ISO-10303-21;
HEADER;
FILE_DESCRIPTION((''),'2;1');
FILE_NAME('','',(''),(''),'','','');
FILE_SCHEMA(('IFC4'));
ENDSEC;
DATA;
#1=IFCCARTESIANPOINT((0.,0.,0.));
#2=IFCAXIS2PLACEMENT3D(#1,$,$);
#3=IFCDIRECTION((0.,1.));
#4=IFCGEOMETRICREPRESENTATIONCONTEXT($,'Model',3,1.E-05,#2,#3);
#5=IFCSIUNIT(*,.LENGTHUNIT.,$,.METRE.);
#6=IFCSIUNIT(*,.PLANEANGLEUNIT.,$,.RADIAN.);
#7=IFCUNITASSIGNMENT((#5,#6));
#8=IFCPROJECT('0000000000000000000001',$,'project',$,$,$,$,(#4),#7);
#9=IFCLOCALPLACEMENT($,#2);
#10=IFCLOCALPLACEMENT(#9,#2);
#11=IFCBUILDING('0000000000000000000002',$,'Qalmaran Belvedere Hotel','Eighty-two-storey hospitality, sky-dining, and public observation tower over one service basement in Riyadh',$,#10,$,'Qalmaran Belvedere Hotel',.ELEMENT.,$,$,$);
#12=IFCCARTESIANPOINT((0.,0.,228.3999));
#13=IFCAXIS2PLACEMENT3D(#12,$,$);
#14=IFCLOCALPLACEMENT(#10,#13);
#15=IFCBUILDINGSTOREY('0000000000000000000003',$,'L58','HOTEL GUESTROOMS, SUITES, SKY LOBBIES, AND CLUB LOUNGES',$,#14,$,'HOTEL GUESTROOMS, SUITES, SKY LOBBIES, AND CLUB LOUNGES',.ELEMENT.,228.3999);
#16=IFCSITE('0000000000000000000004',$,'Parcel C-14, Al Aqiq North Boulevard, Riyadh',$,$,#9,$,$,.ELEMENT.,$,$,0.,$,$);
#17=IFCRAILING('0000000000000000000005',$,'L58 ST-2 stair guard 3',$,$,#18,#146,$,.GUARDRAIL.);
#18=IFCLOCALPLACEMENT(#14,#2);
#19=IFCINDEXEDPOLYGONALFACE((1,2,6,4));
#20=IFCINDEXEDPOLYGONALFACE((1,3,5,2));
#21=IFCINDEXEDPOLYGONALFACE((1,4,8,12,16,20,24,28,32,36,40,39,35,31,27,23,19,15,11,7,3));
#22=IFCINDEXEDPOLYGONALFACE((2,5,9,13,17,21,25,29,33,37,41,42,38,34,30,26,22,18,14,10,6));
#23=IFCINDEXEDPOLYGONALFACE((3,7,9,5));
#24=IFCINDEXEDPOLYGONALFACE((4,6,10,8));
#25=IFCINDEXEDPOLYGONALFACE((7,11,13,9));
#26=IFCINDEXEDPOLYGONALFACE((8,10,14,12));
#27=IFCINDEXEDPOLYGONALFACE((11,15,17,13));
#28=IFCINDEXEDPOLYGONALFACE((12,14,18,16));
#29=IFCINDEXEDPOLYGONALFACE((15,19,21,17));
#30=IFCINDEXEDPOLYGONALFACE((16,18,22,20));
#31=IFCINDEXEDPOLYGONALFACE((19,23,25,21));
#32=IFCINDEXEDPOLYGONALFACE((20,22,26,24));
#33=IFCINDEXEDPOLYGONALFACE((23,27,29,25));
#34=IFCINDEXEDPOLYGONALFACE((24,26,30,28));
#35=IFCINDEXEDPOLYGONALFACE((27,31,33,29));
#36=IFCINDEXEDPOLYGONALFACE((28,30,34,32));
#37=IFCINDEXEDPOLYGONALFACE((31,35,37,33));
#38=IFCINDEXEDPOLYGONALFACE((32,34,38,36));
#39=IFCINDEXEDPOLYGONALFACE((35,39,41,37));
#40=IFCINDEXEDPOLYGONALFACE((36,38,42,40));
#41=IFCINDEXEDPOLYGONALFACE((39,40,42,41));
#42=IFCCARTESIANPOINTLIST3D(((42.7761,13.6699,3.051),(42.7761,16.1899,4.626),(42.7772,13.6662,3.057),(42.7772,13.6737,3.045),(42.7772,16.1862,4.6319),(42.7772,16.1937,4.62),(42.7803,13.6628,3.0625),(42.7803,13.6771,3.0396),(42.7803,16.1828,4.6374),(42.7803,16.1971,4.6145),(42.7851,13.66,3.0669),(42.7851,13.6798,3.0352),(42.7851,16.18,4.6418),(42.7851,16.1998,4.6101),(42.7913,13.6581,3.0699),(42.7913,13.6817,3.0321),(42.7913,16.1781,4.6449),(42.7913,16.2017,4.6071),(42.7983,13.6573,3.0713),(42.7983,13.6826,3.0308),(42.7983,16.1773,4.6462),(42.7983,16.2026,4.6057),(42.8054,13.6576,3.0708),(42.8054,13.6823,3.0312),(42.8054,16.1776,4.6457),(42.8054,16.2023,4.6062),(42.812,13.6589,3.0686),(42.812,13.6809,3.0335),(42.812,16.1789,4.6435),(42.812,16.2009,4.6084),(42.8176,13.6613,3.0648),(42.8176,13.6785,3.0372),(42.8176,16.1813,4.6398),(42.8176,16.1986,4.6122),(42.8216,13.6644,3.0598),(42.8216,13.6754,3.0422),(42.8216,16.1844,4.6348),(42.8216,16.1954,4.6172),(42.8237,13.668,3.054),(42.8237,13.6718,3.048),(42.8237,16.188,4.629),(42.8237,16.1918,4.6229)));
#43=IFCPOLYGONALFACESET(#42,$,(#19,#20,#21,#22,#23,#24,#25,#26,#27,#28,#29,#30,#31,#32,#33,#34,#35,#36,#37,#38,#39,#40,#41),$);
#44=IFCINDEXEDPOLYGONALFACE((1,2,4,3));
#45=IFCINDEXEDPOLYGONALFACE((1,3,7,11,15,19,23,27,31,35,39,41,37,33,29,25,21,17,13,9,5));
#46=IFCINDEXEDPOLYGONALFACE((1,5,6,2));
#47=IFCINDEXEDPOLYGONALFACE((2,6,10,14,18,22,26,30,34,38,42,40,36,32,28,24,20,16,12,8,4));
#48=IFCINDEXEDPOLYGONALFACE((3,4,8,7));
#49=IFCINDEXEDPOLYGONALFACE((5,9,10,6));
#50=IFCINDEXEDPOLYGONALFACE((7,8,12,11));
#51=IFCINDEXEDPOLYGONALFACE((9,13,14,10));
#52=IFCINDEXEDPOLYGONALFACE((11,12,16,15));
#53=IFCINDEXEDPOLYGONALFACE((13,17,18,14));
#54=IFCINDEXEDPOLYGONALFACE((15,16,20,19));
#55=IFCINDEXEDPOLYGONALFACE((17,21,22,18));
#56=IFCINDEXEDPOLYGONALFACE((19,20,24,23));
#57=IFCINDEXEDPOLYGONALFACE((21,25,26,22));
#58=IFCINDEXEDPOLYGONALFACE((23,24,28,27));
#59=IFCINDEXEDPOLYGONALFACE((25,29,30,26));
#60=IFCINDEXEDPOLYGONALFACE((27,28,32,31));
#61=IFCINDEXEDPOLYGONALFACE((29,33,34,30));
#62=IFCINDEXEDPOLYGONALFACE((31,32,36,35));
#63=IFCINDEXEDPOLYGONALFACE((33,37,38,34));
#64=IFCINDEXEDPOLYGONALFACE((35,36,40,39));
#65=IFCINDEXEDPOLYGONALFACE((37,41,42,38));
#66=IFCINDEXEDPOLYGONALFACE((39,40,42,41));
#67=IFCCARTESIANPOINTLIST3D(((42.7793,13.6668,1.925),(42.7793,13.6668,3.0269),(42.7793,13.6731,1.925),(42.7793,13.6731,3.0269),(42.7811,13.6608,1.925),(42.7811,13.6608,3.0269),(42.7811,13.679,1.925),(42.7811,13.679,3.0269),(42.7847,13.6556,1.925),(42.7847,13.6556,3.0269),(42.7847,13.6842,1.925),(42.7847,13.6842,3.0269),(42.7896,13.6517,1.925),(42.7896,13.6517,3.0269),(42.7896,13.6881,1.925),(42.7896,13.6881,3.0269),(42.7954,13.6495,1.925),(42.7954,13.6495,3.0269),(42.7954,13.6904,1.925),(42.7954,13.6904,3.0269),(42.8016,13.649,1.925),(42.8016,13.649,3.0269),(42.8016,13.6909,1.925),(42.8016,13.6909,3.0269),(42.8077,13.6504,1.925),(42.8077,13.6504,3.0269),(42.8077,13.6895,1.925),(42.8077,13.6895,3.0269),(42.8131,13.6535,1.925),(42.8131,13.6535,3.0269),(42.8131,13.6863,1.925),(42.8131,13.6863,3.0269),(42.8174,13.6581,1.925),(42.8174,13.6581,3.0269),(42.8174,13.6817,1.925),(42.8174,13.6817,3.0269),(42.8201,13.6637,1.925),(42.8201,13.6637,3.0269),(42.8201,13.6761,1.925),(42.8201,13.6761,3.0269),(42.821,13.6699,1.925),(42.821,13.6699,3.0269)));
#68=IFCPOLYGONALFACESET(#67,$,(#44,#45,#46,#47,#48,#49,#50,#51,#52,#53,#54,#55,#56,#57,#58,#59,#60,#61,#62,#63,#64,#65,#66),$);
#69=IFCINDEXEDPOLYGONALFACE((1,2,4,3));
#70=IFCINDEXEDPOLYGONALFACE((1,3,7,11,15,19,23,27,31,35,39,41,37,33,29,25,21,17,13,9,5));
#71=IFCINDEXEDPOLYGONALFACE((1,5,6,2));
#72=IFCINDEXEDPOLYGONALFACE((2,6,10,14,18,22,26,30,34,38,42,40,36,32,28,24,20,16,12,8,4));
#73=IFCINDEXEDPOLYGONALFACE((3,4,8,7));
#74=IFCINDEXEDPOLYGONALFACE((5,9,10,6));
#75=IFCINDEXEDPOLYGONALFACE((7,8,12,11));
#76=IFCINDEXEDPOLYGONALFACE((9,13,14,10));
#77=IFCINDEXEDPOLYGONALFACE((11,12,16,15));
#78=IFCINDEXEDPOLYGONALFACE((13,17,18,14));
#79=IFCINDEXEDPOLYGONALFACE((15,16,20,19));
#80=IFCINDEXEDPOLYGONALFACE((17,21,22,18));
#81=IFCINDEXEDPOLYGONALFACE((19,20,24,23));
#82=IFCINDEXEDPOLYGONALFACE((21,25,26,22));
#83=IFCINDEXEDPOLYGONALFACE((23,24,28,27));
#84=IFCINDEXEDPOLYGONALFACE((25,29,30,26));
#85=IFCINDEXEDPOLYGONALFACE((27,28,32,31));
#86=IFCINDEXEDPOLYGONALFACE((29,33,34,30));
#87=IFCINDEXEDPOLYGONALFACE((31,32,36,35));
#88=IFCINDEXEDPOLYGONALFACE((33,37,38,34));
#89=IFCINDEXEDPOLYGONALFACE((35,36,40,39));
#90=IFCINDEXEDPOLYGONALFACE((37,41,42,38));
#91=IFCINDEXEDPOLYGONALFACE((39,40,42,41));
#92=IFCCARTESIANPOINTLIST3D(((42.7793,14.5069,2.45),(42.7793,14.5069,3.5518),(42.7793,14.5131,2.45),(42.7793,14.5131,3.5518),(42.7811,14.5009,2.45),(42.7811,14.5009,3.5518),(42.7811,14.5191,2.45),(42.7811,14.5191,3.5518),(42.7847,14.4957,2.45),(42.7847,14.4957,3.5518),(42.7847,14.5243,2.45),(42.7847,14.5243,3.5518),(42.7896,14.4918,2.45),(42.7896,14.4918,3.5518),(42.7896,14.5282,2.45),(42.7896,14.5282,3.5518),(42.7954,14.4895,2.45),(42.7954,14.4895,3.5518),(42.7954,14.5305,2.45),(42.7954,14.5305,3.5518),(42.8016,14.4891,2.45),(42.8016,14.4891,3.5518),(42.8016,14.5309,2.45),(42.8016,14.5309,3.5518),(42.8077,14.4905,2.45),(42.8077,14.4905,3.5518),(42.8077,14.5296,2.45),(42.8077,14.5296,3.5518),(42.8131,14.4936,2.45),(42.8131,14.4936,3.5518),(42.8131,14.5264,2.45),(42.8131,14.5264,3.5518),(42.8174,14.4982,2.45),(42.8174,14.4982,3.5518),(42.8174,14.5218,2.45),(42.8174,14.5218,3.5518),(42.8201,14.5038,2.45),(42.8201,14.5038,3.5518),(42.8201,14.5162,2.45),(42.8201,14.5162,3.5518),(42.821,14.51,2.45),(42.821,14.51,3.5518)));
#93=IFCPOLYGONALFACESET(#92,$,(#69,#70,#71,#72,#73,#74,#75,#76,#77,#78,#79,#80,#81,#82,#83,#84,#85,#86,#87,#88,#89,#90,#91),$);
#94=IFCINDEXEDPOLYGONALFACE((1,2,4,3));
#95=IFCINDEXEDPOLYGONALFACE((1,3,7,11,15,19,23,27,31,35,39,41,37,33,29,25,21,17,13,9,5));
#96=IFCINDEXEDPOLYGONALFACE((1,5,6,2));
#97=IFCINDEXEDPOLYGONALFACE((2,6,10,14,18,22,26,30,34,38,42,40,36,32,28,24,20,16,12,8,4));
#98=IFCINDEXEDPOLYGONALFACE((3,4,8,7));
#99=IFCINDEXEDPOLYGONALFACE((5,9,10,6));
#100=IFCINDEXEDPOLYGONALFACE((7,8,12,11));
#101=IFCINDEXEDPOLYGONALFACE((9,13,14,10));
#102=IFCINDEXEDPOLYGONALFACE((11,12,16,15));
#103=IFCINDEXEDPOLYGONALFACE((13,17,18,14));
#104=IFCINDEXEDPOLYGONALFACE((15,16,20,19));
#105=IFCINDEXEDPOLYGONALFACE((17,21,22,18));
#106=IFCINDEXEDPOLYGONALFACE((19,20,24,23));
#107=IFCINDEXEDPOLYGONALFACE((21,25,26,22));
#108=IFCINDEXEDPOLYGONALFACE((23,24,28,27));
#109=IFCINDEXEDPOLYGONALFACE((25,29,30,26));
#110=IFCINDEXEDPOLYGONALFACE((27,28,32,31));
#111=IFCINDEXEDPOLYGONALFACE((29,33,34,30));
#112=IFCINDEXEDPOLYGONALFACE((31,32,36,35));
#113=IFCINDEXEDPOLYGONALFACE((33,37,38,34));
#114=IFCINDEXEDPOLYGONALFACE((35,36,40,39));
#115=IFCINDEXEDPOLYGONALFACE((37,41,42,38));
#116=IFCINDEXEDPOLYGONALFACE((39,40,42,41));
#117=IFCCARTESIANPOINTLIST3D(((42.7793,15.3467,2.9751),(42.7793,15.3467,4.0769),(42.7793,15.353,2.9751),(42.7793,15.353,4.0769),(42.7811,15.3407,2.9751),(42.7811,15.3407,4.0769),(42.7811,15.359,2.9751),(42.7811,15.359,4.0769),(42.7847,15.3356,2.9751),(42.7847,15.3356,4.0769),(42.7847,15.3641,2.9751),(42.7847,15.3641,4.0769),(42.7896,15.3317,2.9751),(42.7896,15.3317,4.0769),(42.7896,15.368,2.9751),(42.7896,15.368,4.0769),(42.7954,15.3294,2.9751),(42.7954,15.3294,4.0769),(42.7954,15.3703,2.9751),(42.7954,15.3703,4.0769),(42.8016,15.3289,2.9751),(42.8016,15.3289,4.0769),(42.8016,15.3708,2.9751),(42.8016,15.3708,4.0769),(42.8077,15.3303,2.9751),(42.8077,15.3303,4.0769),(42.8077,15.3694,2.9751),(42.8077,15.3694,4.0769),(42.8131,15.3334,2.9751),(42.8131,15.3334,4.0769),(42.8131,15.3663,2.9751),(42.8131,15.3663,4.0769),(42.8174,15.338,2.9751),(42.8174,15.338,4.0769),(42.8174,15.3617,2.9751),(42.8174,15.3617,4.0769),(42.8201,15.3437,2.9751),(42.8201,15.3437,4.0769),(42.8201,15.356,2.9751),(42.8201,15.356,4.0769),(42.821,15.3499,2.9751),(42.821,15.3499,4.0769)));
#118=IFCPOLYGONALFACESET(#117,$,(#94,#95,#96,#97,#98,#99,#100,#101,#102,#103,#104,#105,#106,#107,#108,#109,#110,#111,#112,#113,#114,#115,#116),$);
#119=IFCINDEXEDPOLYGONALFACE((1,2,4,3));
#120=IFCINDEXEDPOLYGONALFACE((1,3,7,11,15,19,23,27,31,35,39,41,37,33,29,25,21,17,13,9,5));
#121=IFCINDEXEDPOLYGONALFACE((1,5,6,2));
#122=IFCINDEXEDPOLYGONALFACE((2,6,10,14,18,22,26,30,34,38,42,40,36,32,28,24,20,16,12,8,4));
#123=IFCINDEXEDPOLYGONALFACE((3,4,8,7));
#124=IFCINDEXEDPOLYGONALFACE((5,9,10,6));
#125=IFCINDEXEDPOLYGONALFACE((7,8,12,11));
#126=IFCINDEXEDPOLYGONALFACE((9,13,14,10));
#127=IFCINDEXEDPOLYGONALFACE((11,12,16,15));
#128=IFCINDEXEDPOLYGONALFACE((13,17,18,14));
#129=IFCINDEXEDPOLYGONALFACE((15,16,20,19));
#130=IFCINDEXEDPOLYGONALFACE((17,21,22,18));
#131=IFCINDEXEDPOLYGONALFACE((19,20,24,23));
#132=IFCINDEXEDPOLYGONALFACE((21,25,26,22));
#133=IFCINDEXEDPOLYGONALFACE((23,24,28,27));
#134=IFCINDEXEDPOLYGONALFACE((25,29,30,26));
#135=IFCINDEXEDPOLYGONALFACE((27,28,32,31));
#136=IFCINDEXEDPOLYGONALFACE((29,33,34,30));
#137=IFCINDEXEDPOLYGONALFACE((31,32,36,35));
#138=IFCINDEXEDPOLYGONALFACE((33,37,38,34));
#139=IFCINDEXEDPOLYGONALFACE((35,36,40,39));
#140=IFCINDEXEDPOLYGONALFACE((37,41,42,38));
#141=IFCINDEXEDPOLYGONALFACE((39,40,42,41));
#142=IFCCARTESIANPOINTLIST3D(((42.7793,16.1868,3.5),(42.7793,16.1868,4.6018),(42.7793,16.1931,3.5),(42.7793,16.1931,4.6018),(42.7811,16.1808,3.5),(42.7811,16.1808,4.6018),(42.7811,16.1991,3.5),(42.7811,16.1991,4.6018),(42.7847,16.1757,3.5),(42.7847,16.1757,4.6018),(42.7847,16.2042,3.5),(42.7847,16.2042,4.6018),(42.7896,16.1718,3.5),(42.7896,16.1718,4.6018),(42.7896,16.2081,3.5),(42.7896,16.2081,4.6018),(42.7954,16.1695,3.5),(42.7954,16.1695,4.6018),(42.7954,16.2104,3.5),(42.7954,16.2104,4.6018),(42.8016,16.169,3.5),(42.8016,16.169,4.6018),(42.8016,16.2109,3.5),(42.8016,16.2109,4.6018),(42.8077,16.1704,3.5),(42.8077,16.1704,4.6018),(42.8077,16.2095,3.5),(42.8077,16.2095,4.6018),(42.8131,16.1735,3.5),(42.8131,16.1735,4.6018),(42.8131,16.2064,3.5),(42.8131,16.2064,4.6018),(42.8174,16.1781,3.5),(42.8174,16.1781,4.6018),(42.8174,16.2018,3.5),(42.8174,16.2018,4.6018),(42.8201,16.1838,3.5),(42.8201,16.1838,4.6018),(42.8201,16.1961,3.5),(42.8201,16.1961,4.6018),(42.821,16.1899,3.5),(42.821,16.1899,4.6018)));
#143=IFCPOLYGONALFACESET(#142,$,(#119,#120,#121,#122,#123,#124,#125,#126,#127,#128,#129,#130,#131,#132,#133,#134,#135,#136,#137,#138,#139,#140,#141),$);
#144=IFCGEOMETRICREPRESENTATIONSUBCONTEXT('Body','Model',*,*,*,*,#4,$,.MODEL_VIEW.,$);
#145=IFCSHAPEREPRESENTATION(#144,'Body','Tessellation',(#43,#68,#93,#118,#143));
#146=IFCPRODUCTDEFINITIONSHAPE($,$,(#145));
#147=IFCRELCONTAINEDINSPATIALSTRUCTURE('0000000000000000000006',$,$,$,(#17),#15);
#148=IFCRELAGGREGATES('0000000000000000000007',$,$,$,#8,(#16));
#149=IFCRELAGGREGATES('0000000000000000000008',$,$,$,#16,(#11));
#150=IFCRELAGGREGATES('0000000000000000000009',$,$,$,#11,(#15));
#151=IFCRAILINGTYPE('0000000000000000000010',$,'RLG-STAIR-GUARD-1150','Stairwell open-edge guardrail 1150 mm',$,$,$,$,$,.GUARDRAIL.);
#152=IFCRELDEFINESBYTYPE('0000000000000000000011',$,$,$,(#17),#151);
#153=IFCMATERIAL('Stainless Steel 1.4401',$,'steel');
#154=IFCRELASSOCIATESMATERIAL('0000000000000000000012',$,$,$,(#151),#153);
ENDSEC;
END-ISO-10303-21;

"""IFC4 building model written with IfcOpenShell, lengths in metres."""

from ifc_helpers import new_model, si_unit, direction, frame, origin, origin_2d, place, context, subcontext, project, spatial, circle, extrude, material, type_object, element, save


model = new_model("IFC4")

# Units and contexts
model_context = context("Model", 3, precision=1e-05, world=origin(), true_north=direction((0.0, 1.0)))
body_context = subcontext(model_context, "Body", "Model", "MODEL_VIEW")
ifc_project = project(units=[si_unit("LENGTHUNIT", "METRE"), si_unit("PLANEANGLEUNIT", "RADIAN")], contexts=[model_context])

# Site, building, storey
site_placement = place(None, origin())
site = spatial("IfcSite", under=ifc_project, at=site_placement, Name="Parcel C-14, Al Aqiq North Boulevard, Riyadh", CompositionType="ELEMENT", RefElevation=0.0)
building_placement = place(site_placement, origin())
building = spatial("IfcBuilding", under=site, at=building_placement, Name="Qalmaran Belvedere Hotel", Description="Eighty-two-storey hospitality, sky-dining, and public observation tower over one service basement in Riyadh", LongName="Qalmaran Belvedere Hotel", CompositionType="ELEMENT")
storey_placement = place(building_placement, frame((0.0, 0.0, 228.3999)))
storey = spatial("IfcBuildingStorey", under=building, at=storey_placement, Name="L58", Description="HOTEL GUESTROOMS, SUITES, SKY LOBBIES, AND CLUB LOUNGES", LongName="HOTEL GUESTROOMS, SUITES, SKY LOBBIES, AND CLUB LOUNGES", CompositionType="ELEMENT", Elevation=228.3999)

# Railing
ifc_material_1 = material(Name="Stainless Steel 1.4401", Category="steel")
railing_type_1 = type_object("IfcRailingType", Name="RLG-STAIR-GUARD-1150", Description="Stairwell open-edge guardrail 1150 mm", PredefinedType="GUARDRAIL", material=ifc_material_1)
railing_1_placement = place(storey_placement, frame((42.8, 13.6699, 1.925)))
element("IfcRailing", 1, at=railing_1_placement, inside=storey, type_object=railing_type_1, Name="L58 ST-2 stair guard 3", PredefinedType="GUARDRAIL", context=body_context, shape_type="SweptSolid", body=[
    extrude(circle(Radius=0.0239, at=origin_2d()), frame((0.0, 0.0, 1.126), z_axis=(0.0, 0.848008, 0.529984), x_axis=(-1.0, 0.0, 0.0)), (0.0, 0.0, 1.0), 2.9717),
    extrude(circle(Radius=0.021, at=origin_2d()), origin(), (0.0, 0.0, 1.0), 1.1018),
    extrude(circle(Radius=0.021, at=origin_2d()), frame((0.0, 0.8401, 0.5249)), (0.0, 0.0, 1.0), 1.1018),
    extrude(circle(Radius=0.021, at=origin_2d()), frame((0.0, 1.6799, 1.05)), (0.0, 0.0, 1.0), 1.1018),
    extrude(circle(Radius=0.021, at=origin_2d()), frame((0.0, 2.52, 1.575)), (0.0, 0.0, 1.0), 1.1018),
])

save(model, "model.ifc")
